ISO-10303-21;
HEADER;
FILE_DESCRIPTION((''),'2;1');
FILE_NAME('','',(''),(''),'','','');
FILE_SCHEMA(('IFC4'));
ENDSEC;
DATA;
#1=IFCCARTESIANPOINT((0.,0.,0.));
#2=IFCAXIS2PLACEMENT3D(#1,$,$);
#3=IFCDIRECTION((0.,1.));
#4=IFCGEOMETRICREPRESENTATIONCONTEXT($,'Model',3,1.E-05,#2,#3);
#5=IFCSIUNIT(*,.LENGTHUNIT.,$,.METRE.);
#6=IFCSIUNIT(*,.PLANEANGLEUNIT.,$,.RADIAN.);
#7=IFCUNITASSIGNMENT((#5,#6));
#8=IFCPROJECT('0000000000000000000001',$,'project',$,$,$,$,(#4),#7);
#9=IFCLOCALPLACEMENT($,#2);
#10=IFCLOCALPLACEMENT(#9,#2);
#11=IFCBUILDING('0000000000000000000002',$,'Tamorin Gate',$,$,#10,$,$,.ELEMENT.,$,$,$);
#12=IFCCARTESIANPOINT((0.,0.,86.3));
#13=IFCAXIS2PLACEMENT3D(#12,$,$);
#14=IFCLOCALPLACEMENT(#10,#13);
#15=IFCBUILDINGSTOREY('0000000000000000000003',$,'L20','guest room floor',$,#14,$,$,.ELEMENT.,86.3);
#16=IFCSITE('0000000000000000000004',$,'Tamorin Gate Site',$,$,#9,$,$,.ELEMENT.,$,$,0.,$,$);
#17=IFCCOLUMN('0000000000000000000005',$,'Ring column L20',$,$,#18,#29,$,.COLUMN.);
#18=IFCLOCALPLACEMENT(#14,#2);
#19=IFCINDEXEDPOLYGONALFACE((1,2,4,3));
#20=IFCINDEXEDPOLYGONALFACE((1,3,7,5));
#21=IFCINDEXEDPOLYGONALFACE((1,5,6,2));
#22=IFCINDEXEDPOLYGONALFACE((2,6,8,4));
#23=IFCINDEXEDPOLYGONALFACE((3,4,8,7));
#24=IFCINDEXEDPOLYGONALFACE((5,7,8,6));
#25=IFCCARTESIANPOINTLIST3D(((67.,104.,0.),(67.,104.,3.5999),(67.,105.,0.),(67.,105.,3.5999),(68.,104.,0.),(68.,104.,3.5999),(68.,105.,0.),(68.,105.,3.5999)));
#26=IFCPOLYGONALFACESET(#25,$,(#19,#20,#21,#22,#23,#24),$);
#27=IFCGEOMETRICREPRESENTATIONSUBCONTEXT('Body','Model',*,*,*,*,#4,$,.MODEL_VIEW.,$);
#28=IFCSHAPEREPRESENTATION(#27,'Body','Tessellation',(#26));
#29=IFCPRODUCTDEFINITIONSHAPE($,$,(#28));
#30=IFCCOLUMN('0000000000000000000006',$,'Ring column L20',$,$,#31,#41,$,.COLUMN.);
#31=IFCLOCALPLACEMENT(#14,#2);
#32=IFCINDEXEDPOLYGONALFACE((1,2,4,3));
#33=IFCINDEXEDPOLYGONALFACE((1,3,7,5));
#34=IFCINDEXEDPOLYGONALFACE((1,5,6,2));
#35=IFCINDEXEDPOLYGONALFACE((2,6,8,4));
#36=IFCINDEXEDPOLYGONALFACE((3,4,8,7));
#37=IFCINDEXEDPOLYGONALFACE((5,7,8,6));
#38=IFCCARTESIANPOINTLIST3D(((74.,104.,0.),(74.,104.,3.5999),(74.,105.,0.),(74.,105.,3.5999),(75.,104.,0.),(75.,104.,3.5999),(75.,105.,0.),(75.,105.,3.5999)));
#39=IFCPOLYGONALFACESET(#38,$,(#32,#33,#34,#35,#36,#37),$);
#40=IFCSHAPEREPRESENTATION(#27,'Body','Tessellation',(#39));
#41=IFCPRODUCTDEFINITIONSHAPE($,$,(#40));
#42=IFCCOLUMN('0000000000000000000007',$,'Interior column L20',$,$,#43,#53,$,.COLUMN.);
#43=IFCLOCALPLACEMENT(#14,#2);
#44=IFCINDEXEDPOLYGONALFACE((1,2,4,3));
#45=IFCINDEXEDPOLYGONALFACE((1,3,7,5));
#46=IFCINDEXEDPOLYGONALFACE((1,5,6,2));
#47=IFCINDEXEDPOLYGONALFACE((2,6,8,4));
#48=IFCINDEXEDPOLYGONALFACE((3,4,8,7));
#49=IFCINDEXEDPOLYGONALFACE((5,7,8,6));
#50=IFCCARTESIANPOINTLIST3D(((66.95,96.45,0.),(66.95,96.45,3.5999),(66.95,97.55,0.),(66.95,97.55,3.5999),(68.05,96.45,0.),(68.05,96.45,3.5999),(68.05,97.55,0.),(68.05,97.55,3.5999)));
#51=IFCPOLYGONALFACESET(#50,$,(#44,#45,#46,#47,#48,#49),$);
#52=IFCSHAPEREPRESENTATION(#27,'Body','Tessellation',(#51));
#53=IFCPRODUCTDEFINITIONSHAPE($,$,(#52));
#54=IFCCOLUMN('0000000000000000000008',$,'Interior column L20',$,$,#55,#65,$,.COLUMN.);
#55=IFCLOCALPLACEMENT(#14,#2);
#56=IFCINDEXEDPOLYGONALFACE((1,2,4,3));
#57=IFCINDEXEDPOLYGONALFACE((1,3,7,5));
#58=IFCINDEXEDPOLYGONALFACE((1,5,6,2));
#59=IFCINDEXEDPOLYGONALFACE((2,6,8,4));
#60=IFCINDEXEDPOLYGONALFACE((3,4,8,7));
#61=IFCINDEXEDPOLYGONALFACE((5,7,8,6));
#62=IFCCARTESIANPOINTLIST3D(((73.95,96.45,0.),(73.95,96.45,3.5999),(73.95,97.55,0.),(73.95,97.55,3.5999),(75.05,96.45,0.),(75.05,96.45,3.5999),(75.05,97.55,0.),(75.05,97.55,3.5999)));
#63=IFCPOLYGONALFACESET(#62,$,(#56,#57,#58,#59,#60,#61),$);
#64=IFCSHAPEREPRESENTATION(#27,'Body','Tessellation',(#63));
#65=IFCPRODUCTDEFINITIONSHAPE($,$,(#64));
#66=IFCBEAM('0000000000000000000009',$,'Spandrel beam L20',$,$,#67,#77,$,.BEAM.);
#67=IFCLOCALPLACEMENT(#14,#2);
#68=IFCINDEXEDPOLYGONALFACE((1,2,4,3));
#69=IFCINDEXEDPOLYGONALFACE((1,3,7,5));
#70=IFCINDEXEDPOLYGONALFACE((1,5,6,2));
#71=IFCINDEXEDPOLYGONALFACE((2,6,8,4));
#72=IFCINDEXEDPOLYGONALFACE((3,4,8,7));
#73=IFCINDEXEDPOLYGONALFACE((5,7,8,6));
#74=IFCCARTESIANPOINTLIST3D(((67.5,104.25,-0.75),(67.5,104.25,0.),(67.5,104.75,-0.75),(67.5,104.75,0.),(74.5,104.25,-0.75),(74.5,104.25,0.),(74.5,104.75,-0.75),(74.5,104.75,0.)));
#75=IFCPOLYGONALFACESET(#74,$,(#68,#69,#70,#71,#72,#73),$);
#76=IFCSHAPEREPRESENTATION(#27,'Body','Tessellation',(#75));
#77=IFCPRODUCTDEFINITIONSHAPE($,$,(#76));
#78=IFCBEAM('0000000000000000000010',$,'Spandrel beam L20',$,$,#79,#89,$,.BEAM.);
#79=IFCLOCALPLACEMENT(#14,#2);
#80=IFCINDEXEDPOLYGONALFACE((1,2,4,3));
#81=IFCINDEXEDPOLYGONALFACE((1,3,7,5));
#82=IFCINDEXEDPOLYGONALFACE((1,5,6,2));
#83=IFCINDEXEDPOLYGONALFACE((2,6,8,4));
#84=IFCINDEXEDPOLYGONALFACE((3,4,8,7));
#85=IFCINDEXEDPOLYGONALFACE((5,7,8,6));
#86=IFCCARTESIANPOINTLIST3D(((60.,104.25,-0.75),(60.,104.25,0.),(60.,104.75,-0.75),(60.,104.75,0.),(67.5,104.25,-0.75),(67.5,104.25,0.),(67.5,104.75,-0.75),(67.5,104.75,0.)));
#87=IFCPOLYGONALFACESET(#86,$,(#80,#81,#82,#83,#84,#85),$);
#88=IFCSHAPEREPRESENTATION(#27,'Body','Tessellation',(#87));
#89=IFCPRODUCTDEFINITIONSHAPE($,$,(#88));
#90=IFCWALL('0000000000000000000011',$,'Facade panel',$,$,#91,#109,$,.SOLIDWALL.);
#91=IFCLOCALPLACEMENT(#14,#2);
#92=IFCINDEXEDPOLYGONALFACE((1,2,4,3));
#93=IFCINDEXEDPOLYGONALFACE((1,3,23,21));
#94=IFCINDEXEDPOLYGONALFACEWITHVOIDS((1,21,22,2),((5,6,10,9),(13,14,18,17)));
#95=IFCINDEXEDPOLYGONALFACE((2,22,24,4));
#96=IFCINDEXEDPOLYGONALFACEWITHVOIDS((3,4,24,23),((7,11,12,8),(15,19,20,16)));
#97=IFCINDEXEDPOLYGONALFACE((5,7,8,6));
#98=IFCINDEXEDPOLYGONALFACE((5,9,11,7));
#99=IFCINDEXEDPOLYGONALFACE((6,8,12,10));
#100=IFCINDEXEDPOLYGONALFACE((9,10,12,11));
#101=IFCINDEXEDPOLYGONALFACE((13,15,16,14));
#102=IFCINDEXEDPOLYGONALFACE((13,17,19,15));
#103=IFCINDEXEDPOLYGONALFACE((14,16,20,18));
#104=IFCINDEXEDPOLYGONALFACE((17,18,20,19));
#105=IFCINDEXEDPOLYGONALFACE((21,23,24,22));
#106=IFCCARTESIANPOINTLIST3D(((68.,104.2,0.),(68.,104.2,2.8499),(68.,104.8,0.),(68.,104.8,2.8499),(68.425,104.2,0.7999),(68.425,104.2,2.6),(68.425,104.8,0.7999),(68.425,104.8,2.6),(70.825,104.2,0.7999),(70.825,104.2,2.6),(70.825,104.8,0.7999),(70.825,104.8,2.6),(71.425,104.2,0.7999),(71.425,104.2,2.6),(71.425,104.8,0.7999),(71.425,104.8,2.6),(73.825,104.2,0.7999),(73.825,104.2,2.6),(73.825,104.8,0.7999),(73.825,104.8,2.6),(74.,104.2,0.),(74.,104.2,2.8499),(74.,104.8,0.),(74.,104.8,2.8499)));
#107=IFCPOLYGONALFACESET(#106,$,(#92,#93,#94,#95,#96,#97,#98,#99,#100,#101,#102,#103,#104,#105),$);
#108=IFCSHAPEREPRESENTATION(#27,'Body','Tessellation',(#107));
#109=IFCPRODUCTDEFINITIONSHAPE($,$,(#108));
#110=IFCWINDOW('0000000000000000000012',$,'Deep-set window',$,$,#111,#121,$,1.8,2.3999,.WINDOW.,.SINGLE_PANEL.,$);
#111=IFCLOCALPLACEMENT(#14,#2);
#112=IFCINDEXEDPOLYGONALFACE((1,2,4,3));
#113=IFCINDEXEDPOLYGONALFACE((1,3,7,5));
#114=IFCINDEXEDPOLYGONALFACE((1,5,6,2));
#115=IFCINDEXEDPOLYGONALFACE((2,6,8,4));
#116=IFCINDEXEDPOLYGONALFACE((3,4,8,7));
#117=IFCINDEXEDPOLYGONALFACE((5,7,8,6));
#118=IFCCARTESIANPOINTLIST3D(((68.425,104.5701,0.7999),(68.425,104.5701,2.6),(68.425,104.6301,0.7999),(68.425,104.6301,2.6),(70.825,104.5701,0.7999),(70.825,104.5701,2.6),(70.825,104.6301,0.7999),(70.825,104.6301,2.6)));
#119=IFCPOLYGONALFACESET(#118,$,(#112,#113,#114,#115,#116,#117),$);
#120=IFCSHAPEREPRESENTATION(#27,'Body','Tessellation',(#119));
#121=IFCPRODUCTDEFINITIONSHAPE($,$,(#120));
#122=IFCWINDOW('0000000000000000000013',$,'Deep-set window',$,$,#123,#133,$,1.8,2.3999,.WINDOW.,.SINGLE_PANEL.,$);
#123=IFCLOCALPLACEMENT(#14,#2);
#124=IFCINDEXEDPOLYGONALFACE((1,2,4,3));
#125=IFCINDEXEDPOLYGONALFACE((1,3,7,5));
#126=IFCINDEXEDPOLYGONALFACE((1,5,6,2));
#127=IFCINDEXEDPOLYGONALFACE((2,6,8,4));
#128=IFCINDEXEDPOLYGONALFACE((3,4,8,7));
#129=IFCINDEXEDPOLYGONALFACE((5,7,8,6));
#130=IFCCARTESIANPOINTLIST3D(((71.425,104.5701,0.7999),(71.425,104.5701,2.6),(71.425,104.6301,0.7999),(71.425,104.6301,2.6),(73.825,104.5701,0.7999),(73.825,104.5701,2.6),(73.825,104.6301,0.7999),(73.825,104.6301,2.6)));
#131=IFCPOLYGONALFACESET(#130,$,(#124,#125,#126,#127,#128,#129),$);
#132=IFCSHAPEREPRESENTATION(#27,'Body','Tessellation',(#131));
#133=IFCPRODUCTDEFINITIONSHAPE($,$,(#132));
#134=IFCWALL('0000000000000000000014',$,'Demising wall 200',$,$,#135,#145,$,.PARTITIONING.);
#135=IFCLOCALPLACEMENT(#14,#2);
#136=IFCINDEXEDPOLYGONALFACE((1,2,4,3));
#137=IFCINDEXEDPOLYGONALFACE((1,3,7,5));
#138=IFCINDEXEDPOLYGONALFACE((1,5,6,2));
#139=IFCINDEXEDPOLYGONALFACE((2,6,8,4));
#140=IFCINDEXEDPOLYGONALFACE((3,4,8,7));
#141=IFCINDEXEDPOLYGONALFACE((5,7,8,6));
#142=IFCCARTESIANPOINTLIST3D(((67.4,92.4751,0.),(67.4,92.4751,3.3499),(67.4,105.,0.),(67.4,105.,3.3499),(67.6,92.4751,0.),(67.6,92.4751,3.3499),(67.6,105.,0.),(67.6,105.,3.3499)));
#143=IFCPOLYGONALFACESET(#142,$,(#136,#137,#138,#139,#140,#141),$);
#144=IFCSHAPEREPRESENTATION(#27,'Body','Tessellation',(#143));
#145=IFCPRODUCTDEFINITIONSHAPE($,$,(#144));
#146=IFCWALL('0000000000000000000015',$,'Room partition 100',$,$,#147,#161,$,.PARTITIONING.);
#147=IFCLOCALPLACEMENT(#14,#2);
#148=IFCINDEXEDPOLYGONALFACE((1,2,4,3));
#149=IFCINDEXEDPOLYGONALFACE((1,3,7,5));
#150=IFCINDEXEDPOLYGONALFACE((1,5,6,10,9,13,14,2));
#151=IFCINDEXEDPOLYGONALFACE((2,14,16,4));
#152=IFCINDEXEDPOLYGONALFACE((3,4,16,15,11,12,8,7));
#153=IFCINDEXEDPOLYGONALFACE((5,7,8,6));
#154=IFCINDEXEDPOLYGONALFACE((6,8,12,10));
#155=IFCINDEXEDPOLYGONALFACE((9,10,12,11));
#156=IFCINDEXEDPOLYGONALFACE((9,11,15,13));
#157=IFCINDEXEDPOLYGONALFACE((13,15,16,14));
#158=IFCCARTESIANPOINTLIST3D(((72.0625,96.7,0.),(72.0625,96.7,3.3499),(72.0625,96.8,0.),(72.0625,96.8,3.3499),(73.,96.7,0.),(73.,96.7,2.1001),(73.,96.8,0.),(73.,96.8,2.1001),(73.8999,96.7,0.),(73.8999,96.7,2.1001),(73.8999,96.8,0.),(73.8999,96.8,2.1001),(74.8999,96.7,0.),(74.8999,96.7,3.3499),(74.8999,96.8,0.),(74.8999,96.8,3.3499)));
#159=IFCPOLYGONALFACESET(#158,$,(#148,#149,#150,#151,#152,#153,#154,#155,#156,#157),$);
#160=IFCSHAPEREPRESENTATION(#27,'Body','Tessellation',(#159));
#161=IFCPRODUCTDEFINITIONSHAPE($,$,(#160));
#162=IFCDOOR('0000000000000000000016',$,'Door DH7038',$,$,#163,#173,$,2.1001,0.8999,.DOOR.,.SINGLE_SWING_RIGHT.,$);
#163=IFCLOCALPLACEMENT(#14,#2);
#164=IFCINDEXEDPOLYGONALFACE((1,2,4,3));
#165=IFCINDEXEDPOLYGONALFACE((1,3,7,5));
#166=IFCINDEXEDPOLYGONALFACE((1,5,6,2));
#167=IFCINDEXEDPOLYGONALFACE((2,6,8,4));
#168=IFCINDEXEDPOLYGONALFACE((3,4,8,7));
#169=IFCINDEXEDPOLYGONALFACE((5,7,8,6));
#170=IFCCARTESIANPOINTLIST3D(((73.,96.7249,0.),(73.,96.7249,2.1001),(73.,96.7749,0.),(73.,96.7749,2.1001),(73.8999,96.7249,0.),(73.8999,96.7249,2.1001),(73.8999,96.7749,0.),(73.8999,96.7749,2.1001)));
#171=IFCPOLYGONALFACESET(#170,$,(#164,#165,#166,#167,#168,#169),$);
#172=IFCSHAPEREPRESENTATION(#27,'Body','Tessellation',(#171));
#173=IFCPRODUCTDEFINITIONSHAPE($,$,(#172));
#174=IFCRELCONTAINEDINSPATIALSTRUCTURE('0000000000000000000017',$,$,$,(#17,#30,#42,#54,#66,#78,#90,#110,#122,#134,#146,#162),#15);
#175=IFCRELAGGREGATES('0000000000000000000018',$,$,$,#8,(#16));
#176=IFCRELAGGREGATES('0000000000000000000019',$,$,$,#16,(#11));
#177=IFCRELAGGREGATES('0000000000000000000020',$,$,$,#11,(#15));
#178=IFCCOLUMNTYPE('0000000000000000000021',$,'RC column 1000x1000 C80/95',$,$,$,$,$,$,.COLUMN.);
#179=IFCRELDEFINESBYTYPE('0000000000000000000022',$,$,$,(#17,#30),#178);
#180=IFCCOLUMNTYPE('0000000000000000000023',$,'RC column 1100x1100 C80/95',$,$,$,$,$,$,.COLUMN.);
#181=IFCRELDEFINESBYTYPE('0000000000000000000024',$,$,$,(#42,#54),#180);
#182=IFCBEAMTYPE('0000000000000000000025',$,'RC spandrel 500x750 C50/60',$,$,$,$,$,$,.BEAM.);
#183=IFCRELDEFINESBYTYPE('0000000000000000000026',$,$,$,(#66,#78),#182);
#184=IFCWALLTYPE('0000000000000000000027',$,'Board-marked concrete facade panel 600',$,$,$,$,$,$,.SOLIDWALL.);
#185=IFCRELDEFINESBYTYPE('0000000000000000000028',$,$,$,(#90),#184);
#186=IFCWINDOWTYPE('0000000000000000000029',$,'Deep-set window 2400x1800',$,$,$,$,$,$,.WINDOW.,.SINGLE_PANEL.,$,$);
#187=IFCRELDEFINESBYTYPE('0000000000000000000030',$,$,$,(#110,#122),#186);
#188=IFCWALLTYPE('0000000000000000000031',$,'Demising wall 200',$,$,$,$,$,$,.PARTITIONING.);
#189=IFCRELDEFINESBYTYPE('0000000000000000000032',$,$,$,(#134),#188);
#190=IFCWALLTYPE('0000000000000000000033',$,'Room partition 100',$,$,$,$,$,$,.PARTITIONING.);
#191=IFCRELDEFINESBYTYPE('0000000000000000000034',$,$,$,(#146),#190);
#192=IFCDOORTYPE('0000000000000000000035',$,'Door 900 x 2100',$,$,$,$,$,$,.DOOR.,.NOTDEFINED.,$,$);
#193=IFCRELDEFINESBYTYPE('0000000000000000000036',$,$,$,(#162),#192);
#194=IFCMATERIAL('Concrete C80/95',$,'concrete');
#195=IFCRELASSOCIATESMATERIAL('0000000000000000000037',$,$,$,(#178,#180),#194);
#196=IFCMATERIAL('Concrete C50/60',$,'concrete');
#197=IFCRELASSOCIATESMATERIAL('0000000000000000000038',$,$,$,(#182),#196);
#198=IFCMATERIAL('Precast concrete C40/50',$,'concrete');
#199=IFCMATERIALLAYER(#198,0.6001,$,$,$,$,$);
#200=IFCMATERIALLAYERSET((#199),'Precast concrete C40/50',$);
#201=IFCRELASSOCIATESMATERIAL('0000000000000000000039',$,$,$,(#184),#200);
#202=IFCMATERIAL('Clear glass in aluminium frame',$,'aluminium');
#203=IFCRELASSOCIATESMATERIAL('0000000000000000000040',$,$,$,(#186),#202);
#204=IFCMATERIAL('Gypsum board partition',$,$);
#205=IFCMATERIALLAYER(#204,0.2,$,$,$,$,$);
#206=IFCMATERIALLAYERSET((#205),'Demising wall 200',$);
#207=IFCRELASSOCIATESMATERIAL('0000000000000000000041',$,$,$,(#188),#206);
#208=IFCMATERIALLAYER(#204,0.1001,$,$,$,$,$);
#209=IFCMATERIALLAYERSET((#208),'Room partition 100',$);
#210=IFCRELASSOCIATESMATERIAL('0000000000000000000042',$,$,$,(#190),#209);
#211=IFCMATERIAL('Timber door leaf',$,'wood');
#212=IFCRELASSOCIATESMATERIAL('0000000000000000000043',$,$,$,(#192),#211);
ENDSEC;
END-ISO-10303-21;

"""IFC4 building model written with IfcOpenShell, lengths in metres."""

from ifc_helpers import new_model, si_unit, direction, frame, frame_2d, origin, origin_2d, place, context, subcontext, project, spatial, rectangle, extrude, material, layer, layer_set, material_profile, profile_set, type_object, element, fill, save


model = new_model("IFC4")

# Units and contexts
model_context = context("Model", 3, precision=1e-05, world=origin(), true_north=direction((0.0, 1.0)))
body_context = subcontext(model_context, "Body", "Model", "MODEL_VIEW")
ifc_project = project(units=[si_unit("LENGTHUNIT", "METRE"), si_unit("PLANEANGLEUNIT", "RADIAN")], contexts=[model_context])

# Site, building, storey
site_placement = place(None, origin())
site = spatial("IfcSite", under=ifc_project, at=site_placement, Name="Tamorin Gate Site", CompositionType="ELEMENT", RefElevation=0.0)
building_placement = place(site_placement, origin())
building = spatial("IfcBuilding", under=site, at=building_placement, Name="Tamorin Gate", CompositionType="ELEMENT")
storey_placement = place(building_placement, frame((0.0, 0.0, 86.3)))
storey = spatial("IfcBuildingStorey", under=building, at=storey_placement, Name="L20", Description="guest room floor", CompositionType="ELEMENT", Elevation=86.3)

# Columns
ifc_material_1 = material(Name="Concrete C80/95", Category="concrete")
ifc_material_profile_1 = material_profile(ifc_material_1, rectangle(XDim=1.0, YDim=1.0, at=origin_2d()), Name="RC 1000x1000")
ifc_profile_set_1 = profile_set([ifc_material_profile_1], Name="Concrete C80/95")
column_type_1 = type_object("IfcColumnType", Name="RC column 1000x1000 C80/95", PredefinedType="COLUMN", material=ifc_profile_set_1)
for number, where, z_axis, x_axis, name in (
    (1, (67.5, 104.5, 0.0), (0.0, 0.0, 1.0), (1.0, 0.0, 0.0), "Ring column L20"),
    (2, (74.5, 104.5, 0.0), (0.0, 0.0, 1.0), (1.0, 0.0, 0.0), "Ring column L20"),
):
    element("IfcColumn", number, at=place(storey_placement, frame(where, z_axis=z_axis, x_axis=x_axis)), inside=storey, type_object=column_type_1, Name=name, PredefinedType="COLUMN", context=body_context, shape_type="SweptSolid", body=[
        extrude(rectangle(XDim=1.0, YDim=1.0, at=origin_2d()), origin(), (0.0, 0.0, 1.0), 3.5999),
    ])
ifc_material_profile_2 = material_profile(ifc_material_1, rectangle(XDim=1.1001, YDim=1.1001, at=origin_2d()), Name="RC 1100x1100")
ifc_profile_set_2 = profile_set([ifc_material_profile_2], Name="Concrete C80/95")
column_type_2 = type_object("IfcColumnType", Name="RC column 1100x1100 C80/95", PredefinedType="COLUMN", material=ifc_profile_set_2)
for number, where, z_axis, x_axis, name in (
    (3, (67.5, 97.0, 0.0), (0.0, 0.0, 1.0), (1.0, 0.0, 0.0), "Interior column L20"),
    (4, (74.5, 97.0, 0.0), (0.0, 0.0, 1.0), (1.0, 0.0, 0.0), "Interior column L20"),
):
    element("IfcColumn", number, at=place(storey_placement, frame(where, z_axis=z_axis, x_axis=x_axis)), inside=storey, type_object=column_type_2, Name=name, PredefinedType="COLUMN", context=body_context, shape_type="SweptSolid", body=[
        extrude(rectangle(XDim=1.1001, YDim=1.1001, at=origin_2d()), origin(), (0.0, 0.0, 1.0), 3.5999),
    ])

# Beams
ifc_material_2 = material(Name="Concrete C50/60", Category="concrete")
ifc_material_profile_3 = material_profile(ifc_material_2, rectangle(XDim=0.5, YDim=0.75, at=origin_2d()), Name="RC 500x750")
ifc_profile_set_3 = profile_set([ifc_material_profile_3], Name="Concrete C50/60")
beam_type = type_object("IfcBeamType", Name="RC spandrel 500x750 C50/60", PredefinedType="BEAM", material=ifc_profile_set_3)
beam_1_placement = place(storey_placement, frame((74.5, 104.5, -0.375), z_axis=(-1.0, 0.0, 0.0), x_axis=(0.0, -1.0, 0.0)))
element("IfcBeam", 5, at=beam_1_placement, inside=storey, type_object=beam_type, Name="Spandrel beam L20", PredefinedType="BEAM", context=body_context, shape_type="SweptSolid", body=[
    extrude(rectangle(XDim=0.5, YDim=0.75, at=origin_2d()), origin(), (0.0, 0.0, 1.0), 7.0),
])
beam_2_placement = place(storey_placement, frame((67.5, 104.5, -0.375), z_axis=(-1.0, 0.0, 0.0), x_axis=(0.0, -1.0, 0.0)))
element("IfcBeam", 6, at=beam_2_placement, inside=storey, type_object=beam_type, Name="Spandrel beam L20", PredefinedType="BEAM", context=body_context, shape_type="SweptSolid", body=[
    extrude(rectangle(XDim=0.5, YDim=0.75, at=origin_2d()), origin(), (0.0, 0.0, 1.0), 7.5),
])

# Wall, openings, windows
ifc_material_3 = material(Name="Precast concrete C40/50", Category="concrete")
ifc_layer_1 = layer(ifc_material_3, 0.6001)
ifc_layer_set_1 = layer_set([ifc_layer_1], Name="Precast concrete C40/50")
wall_type_1 = type_object("IfcWallType", Name="Board-marked concrete facade panel 600", PredefinedType="SOLIDWALL", material=ifc_layer_set_1)
wall_1_placement = place(storey_placement, frame((74.0, 104.5, 0.0), z_axis=(0.0, 0.0, 1.0), x_axis=(-1.0, 0.0, 0.0)))
wall_1 = element("IfcWall", 7, at=wall_1_placement, inside=storey, type_object=wall_type_1, Name="Facade panel", PredefinedType="SOLIDWALL", context=body_context, shape_type="SweptSolid", body=[
    extrude(rectangle(XDim=6.0, YDim=0.6001, at=frame_2d((3.0, 0.0))), origin(), (0.0, 0.0, 1.0), 2.8499),
])
opening_1_placement = place(wall_1_placement, frame((3.175, 0.0, 0.8)))
opening_1 = element("IfcOpeningElement", 8, at=opening_1_placement, cuts=wall_1, PredefinedType="OPENING", context=body_context, shape_type="SweptSolid", body=[
    extrude(rectangle(XDim=2.3999, YDim=1.8, at=frame_2d((1.2, 0.8999))), frame((0.0, 0.3101, 0.0), z_axis=(0.0, -1.0, 0.0), x_axis=(1.0, 0.0, 0.0)), (0.0, 0.0, 1.0), 0.6201),
])
opening_2_placement = place(wall_1_placement, frame((0.175, 0.0, 0.8)))
opening_2 = element("IfcOpeningElement", 9, at=opening_2_placement, cuts=wall_1, PredefinedType="OPENING", context=body_context, shape_type="SweptSolid", body=[
    extrude(rectangle(XDim=2.3999, YDim=1.8, at=frame_2d((1.2, 0.8999))), frame((0.0, 0.3101, 0.0), z_axis=(0.0, -1.0, 0.0), x_axis=(1.0, 0.0, 0.0)), (0.0, 0.0, 1.0), 0.6201),
])
ifc_material_4 = material(Name="Clear glass in aluminium frame", Category="aluminium")
window_type = type_object("IfcWindowType", Name="Deep-set window 2400x1800", PartitioningType="SINGLE_PANEL", PredefinedType="WINDOW", material=ifc_material_4)
window_1_placement = place(opening_1_placement, origin())
window_1 = element("IfcWindow", 10, at=window_1_placement, inside=storey, type_object=window_type, Name="Deep-set window", OverallHeight=1.8, OverallWidth=2.3999, PartitioningType="SINGLE_PANEL", PredefinedType="WINDOW", context=body_context, shape_type="SweptSolid", body=[
    extrude(rectangle(XDim=2.3999, YDim=1.8, at=frame_2d((1.2, 0.8999))), frame((0.0, -0.0701, 0.0), z_axis=(0.0, -1.0, 0.0), x_axis=(1.0, 0.0, 0.0)), (0.0, 0.0, 1.0), 0.0601),
])
fill(opening_1, window_1)
window_2_placement = place(opening_2_placement, origin())
window_2 = element("IfcWindow", 11, at=window_2_placement, inside=storey, type_object=window_type, Name="Deep-set window", OverallHeight=1.8, OverallWidth=2.3999, PartitioningType="SINGLE_PANEL", PredefinedType="WINDOW", context=body_context, shape_type="SweptSolid", body=[
    extrude(rectangle(XDim=2.3999, YDim=1.8, at=frame_2d((1.2, 0.8999))), frame((0.0, -0.0701, 0.0), z_axis=(0.0, -1.0, 0.0), x_axis=(1.0, 0.0, 0.0)), (0.0, 0.0, 1.0), 0.0601),
])
fill(opening_2, window_2)

# Wall
ifc_material_5 = material(Name="Gypsum board partition")
ifc_layer_2 = layer(ifc_material_5, 0.2)
ifc_layer_set_2 = layer_set([ifc_layer_2], Name="Demising wall 200")
wall_type_2 = type_object("IfcWallType", Name="Demising wall 200", PredefinedType="PARTITIONING", material=ifc_layer_set_2)
wall_2_placement = place(storey_placement, frame((67.5, 92.4751, 0.0), z_axis=(0.0, 0.0, 1.0), x_axis=(0.0, 1.0, 0.0)))
element("IfcWall", 12, at=wall_2_placement, inside=storey, type_object=wall_type_2, Name="Demising wall 200", PredefinedType="PARTITIONING", context=body_context, shape_type="SweptSolid", body=[
    extrude(rectangle(XDim=12.5249, YDim=0.2, at=frame_2d((6.2625, 0.0))), origin(), (0.0, 0.0, 1.0), 3.3499),
])

# Wall, opening, door
ifc_layer_3 = layer(ifc_material_5, 0.1001)
ifc_layer_set_3 = layer_set([ifc_layer_3], Name="Room partition 100")
wall_type_3 = type_object("IfcWallType", Name="Room partition 100", PredefinedType="PARTITIONING", material=ifc_layer_set_3)
wall_3_placement = place(storey_placement, frame((72.0625, 96.75, 0.0), z_axis=(0.0, 0.0, 1.0), x_axis=(1.0, 0.0, 0.0)))
wall_3 = element("IfcWall", 13, at=wall_3_placement, inside=storey, type_object=wall_type_3, Name="Room partition 100", PredefinedType="PARTITIONING", context=body_context, shape_type="SweptSolid", body=[
    extrude(rectangle(XDim=2.8374, YDim=0.1001, at=frame_2d((1.4187, 0.0))), origin(), (0.0, 0.0, 1.0), 3.3499),
])
opening_3_placement = place(wall_3_placement, frame((0.9375, 0.0, 0.0)))
opening_3 = element("IfcOpeningElement", 14, at=opening_3_placement, cuts=wall_3, PredefinedType="OPENING", context=body_context, shape_type="SweptSolid", body=[
    extrude(rectangle(XDim=0.8999, YDim=2.1001, at=frame_2d((0.45, 1.05))), frame((0.0, 0.0601, 0.0), z_axis=(0.0, -1.0, 0.0), x_axis=(1.0, 0.0, 0.0)), (0.0, 0.0, 1.0), 0.1201),
])
ifc_material_6 = material(Name="Timber door leaf", Category="wood")
door_type = type_object("IfcDoorType", Name="Door 900 x 2100", OperationType="NOTDEFINED", PredefinedType="DOOR", material=ifc_material_6)
door_1_placement = place(opening_3_placement, origin())
door_1 = element("IfcDoor", 15, at=door_1_placement, inside=storey, type_object=door_type, Name="Door DH7038", OperationType="SINGLE_SWING_RIGHT", OverallHeight=2.1001, OverallWidth=0.8999, PredefinedType="DOOR", context=body_context, shape_type="SweptSolid", body=[
    extrude(rectangle(XDim=0.8999, YDim=2.1001, at=frame_2d((0.45, 1.05))), frame((0.0, 0.0249, 0.0), z_axis=(0.0, -1.0, 0.0), x_axis=(1.0, 0.0, 0.0)), (0.0, 0.0, 1.0), 0.05),
])
fill(opening_3, door_1)

save(model, "model.ifc")
